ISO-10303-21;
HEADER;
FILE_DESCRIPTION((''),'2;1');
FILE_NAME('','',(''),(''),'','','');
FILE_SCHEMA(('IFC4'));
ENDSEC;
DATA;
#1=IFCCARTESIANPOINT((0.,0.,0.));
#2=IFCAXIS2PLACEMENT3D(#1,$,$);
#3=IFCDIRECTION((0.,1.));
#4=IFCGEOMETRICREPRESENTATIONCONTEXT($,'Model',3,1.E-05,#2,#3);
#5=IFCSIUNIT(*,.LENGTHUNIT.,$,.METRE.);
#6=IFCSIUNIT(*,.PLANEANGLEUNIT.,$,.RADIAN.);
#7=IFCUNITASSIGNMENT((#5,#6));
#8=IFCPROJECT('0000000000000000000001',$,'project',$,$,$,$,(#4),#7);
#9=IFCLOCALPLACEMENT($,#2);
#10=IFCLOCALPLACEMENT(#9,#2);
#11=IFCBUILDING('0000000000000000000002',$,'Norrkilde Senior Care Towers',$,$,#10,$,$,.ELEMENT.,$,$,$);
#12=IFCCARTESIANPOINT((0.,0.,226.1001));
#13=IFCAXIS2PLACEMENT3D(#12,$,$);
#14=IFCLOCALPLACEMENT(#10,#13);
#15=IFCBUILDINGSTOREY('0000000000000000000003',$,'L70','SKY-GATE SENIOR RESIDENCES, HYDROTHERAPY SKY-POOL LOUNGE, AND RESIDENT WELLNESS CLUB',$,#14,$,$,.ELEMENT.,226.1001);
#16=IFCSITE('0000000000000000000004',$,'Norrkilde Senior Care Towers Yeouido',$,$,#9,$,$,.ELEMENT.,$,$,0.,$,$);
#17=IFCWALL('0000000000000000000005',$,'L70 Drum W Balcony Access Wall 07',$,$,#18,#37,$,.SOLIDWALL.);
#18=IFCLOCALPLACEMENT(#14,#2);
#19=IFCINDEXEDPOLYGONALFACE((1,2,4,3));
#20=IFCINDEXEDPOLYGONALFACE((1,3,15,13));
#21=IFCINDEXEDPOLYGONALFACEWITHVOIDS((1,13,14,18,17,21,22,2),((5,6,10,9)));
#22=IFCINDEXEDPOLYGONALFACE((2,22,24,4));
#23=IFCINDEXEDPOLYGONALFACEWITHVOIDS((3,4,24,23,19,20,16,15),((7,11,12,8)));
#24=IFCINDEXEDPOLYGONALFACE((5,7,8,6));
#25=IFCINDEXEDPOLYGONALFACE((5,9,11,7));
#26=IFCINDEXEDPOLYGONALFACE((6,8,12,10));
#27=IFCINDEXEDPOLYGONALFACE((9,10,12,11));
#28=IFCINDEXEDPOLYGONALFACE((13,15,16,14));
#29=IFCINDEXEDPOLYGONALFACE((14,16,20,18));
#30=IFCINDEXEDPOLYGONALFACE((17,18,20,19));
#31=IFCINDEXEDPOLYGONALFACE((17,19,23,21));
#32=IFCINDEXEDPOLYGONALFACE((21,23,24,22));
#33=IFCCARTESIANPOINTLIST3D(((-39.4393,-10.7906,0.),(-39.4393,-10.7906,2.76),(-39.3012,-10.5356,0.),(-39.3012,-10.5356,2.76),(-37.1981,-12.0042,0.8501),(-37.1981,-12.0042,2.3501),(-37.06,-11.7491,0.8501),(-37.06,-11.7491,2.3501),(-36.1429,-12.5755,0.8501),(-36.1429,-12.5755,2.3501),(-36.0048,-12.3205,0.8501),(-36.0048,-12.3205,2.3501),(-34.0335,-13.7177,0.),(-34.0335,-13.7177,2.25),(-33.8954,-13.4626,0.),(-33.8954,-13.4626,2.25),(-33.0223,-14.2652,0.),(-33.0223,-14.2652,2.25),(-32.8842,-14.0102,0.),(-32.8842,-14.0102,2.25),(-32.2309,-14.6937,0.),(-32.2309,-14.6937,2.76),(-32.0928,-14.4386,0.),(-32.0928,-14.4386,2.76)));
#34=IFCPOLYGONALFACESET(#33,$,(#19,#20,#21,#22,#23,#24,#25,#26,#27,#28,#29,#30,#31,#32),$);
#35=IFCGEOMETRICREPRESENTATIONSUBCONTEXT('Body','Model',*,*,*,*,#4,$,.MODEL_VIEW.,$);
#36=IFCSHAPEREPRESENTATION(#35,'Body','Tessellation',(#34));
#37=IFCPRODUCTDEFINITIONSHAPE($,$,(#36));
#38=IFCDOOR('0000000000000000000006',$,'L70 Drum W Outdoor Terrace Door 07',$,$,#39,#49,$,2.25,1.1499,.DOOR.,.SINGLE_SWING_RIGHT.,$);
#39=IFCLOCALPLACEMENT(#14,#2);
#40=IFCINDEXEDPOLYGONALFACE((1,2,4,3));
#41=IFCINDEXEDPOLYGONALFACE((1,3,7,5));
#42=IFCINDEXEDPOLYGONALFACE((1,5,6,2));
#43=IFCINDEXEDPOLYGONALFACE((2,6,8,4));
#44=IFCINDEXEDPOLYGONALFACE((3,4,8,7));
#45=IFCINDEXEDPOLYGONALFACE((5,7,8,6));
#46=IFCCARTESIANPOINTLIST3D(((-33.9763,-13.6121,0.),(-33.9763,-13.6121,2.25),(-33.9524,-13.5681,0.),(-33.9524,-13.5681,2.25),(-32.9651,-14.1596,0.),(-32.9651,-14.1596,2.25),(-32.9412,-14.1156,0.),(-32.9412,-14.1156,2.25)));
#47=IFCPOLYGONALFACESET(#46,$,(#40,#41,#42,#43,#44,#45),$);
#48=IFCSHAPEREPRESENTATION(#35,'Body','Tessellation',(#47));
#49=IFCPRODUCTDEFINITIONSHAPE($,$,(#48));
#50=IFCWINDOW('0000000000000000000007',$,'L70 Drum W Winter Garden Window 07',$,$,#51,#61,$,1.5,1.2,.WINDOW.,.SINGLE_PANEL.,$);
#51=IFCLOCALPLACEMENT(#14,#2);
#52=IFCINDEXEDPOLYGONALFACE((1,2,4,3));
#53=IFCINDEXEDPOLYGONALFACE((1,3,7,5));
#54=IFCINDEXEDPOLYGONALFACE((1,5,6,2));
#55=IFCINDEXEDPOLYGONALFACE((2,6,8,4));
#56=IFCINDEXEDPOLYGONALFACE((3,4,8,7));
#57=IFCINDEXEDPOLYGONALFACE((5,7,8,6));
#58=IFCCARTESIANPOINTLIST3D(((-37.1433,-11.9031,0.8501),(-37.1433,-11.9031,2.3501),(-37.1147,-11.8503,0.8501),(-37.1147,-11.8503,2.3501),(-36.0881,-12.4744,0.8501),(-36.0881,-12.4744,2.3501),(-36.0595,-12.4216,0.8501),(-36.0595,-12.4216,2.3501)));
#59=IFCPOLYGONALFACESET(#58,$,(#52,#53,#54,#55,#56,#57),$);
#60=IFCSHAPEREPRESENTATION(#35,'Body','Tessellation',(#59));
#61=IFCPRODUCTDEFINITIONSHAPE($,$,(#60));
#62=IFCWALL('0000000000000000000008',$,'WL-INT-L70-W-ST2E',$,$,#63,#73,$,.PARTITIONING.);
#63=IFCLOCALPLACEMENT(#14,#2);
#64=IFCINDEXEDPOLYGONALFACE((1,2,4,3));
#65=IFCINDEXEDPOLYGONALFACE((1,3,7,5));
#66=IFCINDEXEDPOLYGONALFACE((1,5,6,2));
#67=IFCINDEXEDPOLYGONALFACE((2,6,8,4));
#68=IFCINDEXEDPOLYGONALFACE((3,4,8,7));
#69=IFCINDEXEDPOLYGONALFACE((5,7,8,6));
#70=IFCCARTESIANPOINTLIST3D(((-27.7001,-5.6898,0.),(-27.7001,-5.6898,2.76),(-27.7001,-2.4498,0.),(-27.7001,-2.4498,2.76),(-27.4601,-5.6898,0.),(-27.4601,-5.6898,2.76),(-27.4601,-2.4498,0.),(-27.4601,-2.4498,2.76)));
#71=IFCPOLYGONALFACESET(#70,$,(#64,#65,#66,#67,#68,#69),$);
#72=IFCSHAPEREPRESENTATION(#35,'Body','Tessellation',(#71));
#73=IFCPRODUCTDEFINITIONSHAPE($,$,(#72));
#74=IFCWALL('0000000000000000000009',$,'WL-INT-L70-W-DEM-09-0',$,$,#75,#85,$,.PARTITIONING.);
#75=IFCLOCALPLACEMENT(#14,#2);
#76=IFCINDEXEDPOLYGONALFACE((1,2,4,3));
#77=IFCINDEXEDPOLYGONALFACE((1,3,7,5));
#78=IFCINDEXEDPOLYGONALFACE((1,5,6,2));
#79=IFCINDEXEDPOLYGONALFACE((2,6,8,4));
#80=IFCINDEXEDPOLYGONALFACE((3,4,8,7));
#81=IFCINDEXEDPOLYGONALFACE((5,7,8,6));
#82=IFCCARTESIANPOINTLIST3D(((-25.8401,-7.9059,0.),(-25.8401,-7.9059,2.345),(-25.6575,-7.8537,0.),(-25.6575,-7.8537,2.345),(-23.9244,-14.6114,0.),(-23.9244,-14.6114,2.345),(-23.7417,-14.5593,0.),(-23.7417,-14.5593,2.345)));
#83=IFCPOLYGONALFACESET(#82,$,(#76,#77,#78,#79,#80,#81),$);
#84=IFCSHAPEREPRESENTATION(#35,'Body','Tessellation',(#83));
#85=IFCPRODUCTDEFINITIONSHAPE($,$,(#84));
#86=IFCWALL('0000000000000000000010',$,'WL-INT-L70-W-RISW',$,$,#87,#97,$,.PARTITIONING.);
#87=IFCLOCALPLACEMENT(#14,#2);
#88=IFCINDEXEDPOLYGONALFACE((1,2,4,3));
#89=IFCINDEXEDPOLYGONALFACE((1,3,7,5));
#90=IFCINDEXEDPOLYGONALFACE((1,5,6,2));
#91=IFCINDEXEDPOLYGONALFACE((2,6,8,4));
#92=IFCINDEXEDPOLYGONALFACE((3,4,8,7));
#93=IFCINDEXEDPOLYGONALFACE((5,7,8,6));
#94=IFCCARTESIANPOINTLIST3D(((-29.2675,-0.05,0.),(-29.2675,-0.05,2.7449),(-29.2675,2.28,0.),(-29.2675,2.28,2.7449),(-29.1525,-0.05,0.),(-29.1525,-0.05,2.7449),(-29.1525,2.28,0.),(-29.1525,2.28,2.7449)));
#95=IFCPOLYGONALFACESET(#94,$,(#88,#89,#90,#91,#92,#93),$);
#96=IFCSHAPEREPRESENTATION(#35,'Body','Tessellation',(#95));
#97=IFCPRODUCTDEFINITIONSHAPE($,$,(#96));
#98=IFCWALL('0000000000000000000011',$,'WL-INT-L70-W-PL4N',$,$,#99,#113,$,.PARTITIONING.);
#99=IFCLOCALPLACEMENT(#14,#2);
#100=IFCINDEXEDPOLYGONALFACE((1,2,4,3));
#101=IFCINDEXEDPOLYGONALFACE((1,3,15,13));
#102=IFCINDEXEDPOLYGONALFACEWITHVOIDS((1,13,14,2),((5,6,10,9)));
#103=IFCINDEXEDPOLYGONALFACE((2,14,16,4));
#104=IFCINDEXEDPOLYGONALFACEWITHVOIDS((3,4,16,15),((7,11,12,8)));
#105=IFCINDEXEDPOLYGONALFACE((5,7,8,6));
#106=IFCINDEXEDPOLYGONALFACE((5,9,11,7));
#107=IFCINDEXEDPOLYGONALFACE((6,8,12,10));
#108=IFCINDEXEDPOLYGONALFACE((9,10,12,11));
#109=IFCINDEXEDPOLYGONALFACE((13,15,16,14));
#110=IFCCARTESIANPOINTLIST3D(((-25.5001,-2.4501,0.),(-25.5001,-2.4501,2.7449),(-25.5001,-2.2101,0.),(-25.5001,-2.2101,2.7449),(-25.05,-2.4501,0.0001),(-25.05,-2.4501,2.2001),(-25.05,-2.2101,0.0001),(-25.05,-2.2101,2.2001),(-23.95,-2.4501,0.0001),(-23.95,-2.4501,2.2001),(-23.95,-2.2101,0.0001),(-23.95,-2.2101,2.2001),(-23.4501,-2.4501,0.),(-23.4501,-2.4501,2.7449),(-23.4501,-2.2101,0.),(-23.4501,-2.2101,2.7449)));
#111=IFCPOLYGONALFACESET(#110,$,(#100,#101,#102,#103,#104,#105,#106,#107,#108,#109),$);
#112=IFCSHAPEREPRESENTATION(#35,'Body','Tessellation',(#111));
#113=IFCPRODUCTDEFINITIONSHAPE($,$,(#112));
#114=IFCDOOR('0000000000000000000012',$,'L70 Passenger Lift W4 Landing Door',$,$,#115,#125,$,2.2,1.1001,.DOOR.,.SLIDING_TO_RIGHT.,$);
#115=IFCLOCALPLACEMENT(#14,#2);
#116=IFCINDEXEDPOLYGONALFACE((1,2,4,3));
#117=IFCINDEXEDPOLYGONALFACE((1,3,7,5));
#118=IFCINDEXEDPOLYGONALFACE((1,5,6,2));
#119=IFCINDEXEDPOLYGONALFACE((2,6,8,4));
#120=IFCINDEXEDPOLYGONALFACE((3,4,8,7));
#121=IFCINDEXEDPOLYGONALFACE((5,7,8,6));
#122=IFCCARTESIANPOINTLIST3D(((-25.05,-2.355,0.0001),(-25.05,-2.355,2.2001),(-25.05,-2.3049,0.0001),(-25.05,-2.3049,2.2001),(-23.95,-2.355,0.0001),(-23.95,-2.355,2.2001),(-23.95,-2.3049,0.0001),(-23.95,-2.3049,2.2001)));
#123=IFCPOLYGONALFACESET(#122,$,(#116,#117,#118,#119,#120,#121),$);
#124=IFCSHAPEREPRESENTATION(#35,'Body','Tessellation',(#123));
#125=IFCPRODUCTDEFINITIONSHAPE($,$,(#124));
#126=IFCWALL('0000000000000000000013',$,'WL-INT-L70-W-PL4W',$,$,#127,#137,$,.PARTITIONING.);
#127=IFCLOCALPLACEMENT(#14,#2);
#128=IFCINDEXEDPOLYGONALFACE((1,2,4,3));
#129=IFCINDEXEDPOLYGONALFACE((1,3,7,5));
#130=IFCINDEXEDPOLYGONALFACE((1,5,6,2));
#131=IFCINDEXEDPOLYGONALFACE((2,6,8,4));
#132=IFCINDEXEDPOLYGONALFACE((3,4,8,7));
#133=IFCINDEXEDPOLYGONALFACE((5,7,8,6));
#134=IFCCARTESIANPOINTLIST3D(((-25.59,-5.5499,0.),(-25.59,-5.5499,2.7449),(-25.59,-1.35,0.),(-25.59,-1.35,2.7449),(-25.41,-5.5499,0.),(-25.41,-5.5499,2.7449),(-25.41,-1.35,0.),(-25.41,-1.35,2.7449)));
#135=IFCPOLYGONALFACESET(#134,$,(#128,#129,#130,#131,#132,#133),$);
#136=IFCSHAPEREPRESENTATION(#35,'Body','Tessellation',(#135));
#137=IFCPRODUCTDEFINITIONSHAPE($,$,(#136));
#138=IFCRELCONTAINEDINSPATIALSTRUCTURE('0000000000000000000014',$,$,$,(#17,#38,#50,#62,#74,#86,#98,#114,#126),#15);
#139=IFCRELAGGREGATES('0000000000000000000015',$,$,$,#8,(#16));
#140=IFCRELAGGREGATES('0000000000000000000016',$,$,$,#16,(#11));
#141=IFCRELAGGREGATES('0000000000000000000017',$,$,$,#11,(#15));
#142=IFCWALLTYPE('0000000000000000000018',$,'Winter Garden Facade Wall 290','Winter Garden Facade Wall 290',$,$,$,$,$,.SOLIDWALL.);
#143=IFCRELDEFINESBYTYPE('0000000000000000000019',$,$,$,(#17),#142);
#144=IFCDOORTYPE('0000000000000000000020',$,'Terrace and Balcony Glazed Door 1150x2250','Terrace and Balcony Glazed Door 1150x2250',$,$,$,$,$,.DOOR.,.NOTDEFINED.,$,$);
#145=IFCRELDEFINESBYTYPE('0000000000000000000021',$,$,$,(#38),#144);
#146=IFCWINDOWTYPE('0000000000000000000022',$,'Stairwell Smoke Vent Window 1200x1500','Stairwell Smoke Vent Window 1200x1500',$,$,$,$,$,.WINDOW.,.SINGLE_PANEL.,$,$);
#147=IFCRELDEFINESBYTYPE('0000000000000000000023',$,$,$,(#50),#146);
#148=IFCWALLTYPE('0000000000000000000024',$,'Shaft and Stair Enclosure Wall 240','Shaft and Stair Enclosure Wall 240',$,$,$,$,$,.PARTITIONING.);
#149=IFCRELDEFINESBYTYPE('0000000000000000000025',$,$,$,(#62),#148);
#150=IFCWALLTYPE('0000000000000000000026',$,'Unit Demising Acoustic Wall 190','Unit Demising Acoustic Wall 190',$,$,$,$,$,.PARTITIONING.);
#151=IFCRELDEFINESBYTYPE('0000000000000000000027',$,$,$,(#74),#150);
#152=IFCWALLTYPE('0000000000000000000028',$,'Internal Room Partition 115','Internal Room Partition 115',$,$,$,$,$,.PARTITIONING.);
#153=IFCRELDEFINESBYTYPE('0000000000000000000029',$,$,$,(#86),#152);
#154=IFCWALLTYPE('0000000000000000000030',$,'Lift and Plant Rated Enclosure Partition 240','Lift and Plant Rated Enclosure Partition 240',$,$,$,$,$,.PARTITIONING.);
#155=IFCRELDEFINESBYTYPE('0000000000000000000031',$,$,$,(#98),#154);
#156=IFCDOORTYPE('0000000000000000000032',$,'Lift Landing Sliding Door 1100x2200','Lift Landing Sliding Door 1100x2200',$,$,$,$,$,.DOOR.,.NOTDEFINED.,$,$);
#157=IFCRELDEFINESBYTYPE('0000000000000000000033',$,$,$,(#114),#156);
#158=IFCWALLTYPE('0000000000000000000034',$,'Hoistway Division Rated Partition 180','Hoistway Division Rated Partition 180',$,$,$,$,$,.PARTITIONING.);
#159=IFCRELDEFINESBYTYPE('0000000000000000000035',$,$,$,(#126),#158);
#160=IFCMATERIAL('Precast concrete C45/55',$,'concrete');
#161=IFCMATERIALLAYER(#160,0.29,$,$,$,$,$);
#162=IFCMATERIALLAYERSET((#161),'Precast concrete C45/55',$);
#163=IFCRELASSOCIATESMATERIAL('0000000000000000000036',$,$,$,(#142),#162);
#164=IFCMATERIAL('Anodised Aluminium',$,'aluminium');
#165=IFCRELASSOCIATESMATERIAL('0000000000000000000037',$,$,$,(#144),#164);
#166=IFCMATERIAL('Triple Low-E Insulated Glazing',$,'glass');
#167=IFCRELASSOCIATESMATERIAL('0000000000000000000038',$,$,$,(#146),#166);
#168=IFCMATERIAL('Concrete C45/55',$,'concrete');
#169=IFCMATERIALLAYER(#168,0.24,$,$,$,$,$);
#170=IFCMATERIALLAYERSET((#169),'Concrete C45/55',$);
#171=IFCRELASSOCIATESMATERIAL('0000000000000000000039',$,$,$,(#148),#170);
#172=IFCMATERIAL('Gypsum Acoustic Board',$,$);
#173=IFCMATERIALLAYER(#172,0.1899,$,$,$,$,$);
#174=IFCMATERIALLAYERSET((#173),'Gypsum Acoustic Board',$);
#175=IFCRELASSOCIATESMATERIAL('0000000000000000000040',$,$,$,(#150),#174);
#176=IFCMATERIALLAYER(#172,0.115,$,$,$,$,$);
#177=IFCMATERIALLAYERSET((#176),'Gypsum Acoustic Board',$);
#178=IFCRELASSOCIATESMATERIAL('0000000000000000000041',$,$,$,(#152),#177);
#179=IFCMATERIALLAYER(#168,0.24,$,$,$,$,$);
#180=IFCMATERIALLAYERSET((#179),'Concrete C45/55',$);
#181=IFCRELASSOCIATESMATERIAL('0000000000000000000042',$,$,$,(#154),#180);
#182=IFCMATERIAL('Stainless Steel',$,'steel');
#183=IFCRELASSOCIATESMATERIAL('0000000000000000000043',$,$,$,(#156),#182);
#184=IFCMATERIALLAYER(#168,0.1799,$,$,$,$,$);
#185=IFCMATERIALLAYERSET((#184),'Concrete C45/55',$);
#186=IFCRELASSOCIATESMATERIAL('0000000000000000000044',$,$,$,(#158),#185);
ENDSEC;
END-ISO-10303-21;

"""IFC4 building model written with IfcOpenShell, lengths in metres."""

from ifc_helpers import new_model, si_unit, direction, frame, frame_2d, origin, place, context, subcontext, project, spatial, rectangle, extrude, source, transform, mapped, material, layer, layer_set, type_object, type_shapes, element, fill, save


model = new_model("IFC4")

# Units and contexts
model_context = context("Model", 3, precision=1e-05, world=origin(), true_north=direction((0.0, 1.0)))
body_context = subcontext(model_context, "Body", "Model", "MODEL_VIEW")
ifc_project = project(units=[si_unit("LENGTHUNIT", "METRE"), si_unit("PLANEANGLEUNIT", "RADIAN")], contexts=[model_context])

# Site, building, storey
site_placement = place(None, origin())
site = spatial("IfcSite", under=ifc_project, at=site_placement, Name="Norrkilde Senior Care Towers Yeouido", CompositionType="ELEMENT", RefElevation=0.0)
building_placement = place(site_placement, origin())
building = spatial("IfcBuilding", under=site, at=building_placement, Name="Norrkilde Senior Care Towers", CompositionType="ELEMENT")
storey_placement = place(building_placement, frame((0.0, 0.0, 226.1001)))
storey = spatial("IfcBuildingStorey", under=building, at=storey_placement, Name="L70", Description="SKY-GATE SENIOR RESIDENCES, HYDROTHERAPY SKY-POOL LOUNGE, AND RESIDENT WELLNESS CLUB", CompositionType="ELEMENT", Elevation=226.1001)

# Shared definitions
ifc_material_1 = material(Name="Triple Low-E Insulated Glazing", Category="glass")
ifc_material_2 = material(Name="Anodised Aluminium", Category="aluminium")

# Wall, openings, door, window
ifc_material_3 = material(Name="Precast concrete C45/55", Category="concrete")
ifc_layer_1 = layer(ifc_material_3, 0.29)
ifc_layer_set_1 = layer_set([ifc_layer_1], Name="Precast concrete C45/55")
wall_type_1 = type_object("IfcWallType", Name="Winter Garden Facade Wall 290", Description="Winter Garden Facade Wall 290", PredefinedType="SOLIDWALL", material=ifc_layer_set_1)
shared_shape_1 = source(origin(), body_context, "Body", "SweptSolid", [
    extrude(rectangle(XDim=8.1973, YDim=0.29, at=frame_2d((4.0986, 0.0))), origin(), (0.0, 0.0, 1.0), 2.76),
])
type_shapes(wall_type_1, [shared_shape_1])
wall_1_placement = place(storey_placement, frame((-32.1619, -14.5662, 0.0), z_axis=(0.0, 0.0, 1.0), x_axis=(-0.87937, 0.476139, 0.0)))
wall_1 = element("IfcWall", 1, at=wall_1_placement, inside=storey, type_object=wall_type_1, Name="L70 Drum W Balcony Access Wall 07", PredefinedType="SOLIDWALL", context=body_context, shape_type="MappedRepresentation", body=[
    mapped(shared_shape_1, transform((0.0, 0.0, 0.0), x_axis=(1.0, 0.0, 0.0), y_axis=(0.0, 1.0, 0.0), z_axis=(0.0, 0.0, 1.0), scale=1.0)),
])
opening_1_placement = place(wall_1_placement, frame((0.8999, 0.0, 0.0)))
opening_1 = element("IfcOpeningElement", 2, at=opening_1_placement, cuts=wall_1, PredefinedType="OPENING", context=body_context, shape_type="SweptSolid", body=[
    extrude(rectangle(XDim=1.1499, YDim=2.25, at=frame_2d((0.575, 1.125))), frame((0.0, 0.155, 0.0), z_axis=(0.0, -1.0, 0.0), x_axis=(1.0, 0.0, 0.0)), (0.0, 0.0, 1.0), 0.3101),
])
opening_2_placement = place(wall_1_placement, frame((4.4485, 0.0, 0.8501)))
opening_2 = element("IfcOpeningElement", 3, at=opening_2_placement, cuts=wall_1, PredefinedType="OPENING", context=body_context, shape_type="SweptSolid", body=[
    extrude(rectangle(XDim=1.2, YDim=1.5, at=frame_2d((0.6001, 0.75))), frame((0.0, 0.155, 0.0), z_axis=(0.0, -1.0, 0.0), x_axis=(1.0, 0.0, 0.0)), (0.0, 0.0, 1.0), 0.3101),
])
door_type_1 = type_object("IfcDoorType", Name="Terrace and Balcony Glazed Door 1150x2250", Description="Terrace and Balcony Glazed Door 1150x2250", OperationType="NOTDEFINED", PredefinedType="DOOR", material=ifc_material_2)
shared_shape_2 = source(origin(), body_context, "Body", "SweptSolid", [
    extrude(rectangle(XDim=1.1499, YDim=2.25, at=frame_2d((0.575, 1.125))), frame((0.0, 0.0249, 0.0), z_axis=(0.0, -1.0, 0.0), x_axis=(1.0, 0.0, 0.0)), (0.0, 0.0, 1.0), 0.05),
])
type_shapes(door_type_1, [shared_shape_2])
door_1_placement = place(opening_1_placement, origin())
door_1 = element("IfcDoor", 4, at=door_1_placement, inside=storey, type_object=door_type_1, Name="L70 Drum W Outdoor Terrace Door 07", OperationType="SINGLE_SWING_RIGHT", OverallHeight=2.25, OverallWidth=1.1499, PredefinedType="DOOR", context=body_context, shape_type="MappedRepresentation", body=[
    mapped(shared_shape_2, transform((0.0, 0.0, 0.0), x_axis=(1.0, 0.0, 0.0), y_axis=(0.0, 1.0, 0.0), z_axis=(0.0, 0.0, 1.0), scale=1.0)),
])
fill(opening_1, door_1)
window_type = type_object("IfcWindowType", Name="Stairwell Smoke Vent Window 1200x1500", Description="Stairwell Smoke Vent Window 1200x1500", PartitioningType="SINGLE_PANEL", PredefinedType="WINDOW", material=ifc_material_1)
shared_shape_3 = source(origin(), body_context, "Body", "SweptSolid", [
    extrude(rectangle(XDim=1.2, YDim=1.5, at=frame_2d((0.6001, 0.75))), frame((0.0, 0.03, 0.0), z_axis=(0.0, -1.0, 0.0), x_axis=(1.0, 0.0, 0.0)), (0.0, 0.0, 1.0), 0.0601),
])
type_shapes(window_type, [shared_shape_3])
window_placement = place(opening_2_placement, origin())
window = element("IfcWindow", 5, at=window_placement, inside=storey, type_object=window_type, Name="L70 Drum W Winter Garden Window 07", OverallHeight=1.5, OverallWidth=1.2, PartitioningType="SINGLE_PANEL", PredefinedType="WINDOW", context=body_context, shape_type="MappedRepresentation", body=[
    mapped(shared_shape_3, transform((0.0, 0.0, 0.0), x_axis=(1.0, 0.0, 0.0), y_axis=(0.0, 1.0, 0.0), z_axis=(0.0, 0.0, 1.0), scale=1.0)),
])
fill(opening_2, window)

# Walls
ifc_material_4 = material(Name="Concrete C45/55", Category="concrete")
ifc_layer_2 = layer(ifc_material_4, 0.24)
ifc_layer_set_2 = layer_set([ifc_layer_2], Name="Concrete C45/55")
wall_type_2 = type_object("IfcWallType", Name="Shaft and Stair Enclosure Wall 240", Description="Shaft and Stair Enclosure Wall 240", PredefinedType="PARTITIONING", material=ifc_layer_set_2)
shared_shape_4 = source(origin(), body_context, "Body", "SweptSolid", [
    extrude(rectangle(XDim=3.24, YDim=0.24, at=frame_2d((1.6201, 0.0))), origin(), (0.0, 0.0, 1.0), 2.76),
])
type_shapes(wall_type_2, [shared_shape_4])
wall_2_placement = place(storey_placement, frame((-27.5801, -5.6899, 0.0), z_axis=(0.0, 0.0, 1.0), x_axis=(0.0, 1.0, 0.0)))
element("IfcWall", 6, at=wall_2_placement, inside=storey, type_object=wall_type_2, Name="WL-INT-L70-W-ST2E", PredefinedType="PARTITIONING", context=body_context, shape_type="MappedRepresentation", body=[
    mapped(shared_shape_4, transform((0.0, 0.0, 0.0), x_axis=(1.0, 0.0, 0.0), y_axis=(0.0, 1.0, 0.0), z_axis=(0.0, 0.0, 1.0), scale=1.0)),
])
ifc_material_5 = material(Name="Gypsum Acoustic Board")
ifc_layer_3 = layer(ifc_material_5, 0.1899)
ifc_layer_set_3 = layer_set([ifc_layer_3], Name="Gypsum Acoustic Board")
wall_type_3 = type_object("IfcWallType", Name="Unit Demising Acoustic Wall 190", Description="Unit Demising Acoustic Wall 190", PredefinedType="PARTITIONING", material=ifc_layer_set_3)
shared_shape_5 = source(origin(), body_context, "Body", "SweptSolid", [
    extrude(rectangle(XDim=6.9739, YDim=0.1899, at=frame_2d((3.4868, 0.0))), origin(), (0.0, 0.0, 1.0), 2.345),
])
type_shapes(wall_type_3, [shared_shape_5])
wall_3_placement = place(storey_placement, frame((-25.7488, -7.8799, 0.0), z_axis=(0.0, 0.0, 1.0), x_axis=(0.274707, -0.961528, 0.0)))
element("IfcWall", 7, at=wall_3_placement, inside=storey, type_object=wall_type_3, Name="WL-INT-L70-W-DEM-09-0", PredefinedType="PARTITIONING", context=body_context, shape_type="MappedRepresentation", body=[
    mapped(shared_shape_5, transform((0.0, 0.0, 0.0), x_axis=(1.0, 0.0, 0.0), y_axis=(0.0, 1.0, 0.0), z_axis=(0.0, 0.0, 1.0), scale=1.0)),
])
ifc_layer_4 = layer(ifc_material_5, 0.115)
ifc_layer_set_4 = layer_set([ifc_layer_4], Name="Gypsum Acoustic Board")
wall_type_4 = type_object("IfcWallType", Name="Internal Room Partition 115", Description="Internal Room Partition 115", PredefinedType="PARTITIONING", material=ifc_layer_set_4)
shared_shape_6 = source(origin(), body_context, "Body", "SweptSolid", [
    extrude(rectangle(XDim=2.3301, YDim=0.115, at=frame_2d((1.165, 0.0))), origin(), (0.0, 0.0, 1.0), 2.7449),
])
type_shapes(wall_type_4, [shared_shape_6])
wall_4_placement = place(storey_placement, frame((-29.21, -0.05, 0.0), z_axis=(0.0, 0.0, 1.0), x_axis=(0.0, 1.0, 0.0)))
element("IfcWall", 8, at=wall_4_placement, inside=storey, type_object=wall_type_4, Name="WL-INT-L70-W-RISW", PredefinedType="PARTITIONING", context=body_context, shape_type="MappedRepresentation", body=[
    mapped(shared_shape_6, transform((0.0, 0.0, 0.0), x_axis=(1.0, 0.0, 0.0), y_axis=(0.0, 1.0, 0.0), z_axis=(0.0, 0.0, 1.0), scale=1.0)),
])

# Wall, opening, door
ifc_layer_5 = layer(ifc_material_4, 0.24)
ifc_layer_set_5 = layer_set([ifc_layer_5], Name="Concrete C45/55")
wall_type_5 = type_object("IfcWallType", Name="Lift and Plant Rated Enclosure Partition 240", Description="Lift and Plant Rated Enclosure Partition 240", PredefinedType="PARTITIONING", material=ifc_layer_set_5)
shared_shape_7 = source(origin(), body_context, "Body", "SweptSolid", [
    extrude(rectangle(XDim=2.05, YDim=0.24, at=frame_2d((1.0249, 0.0))), origin(), (0.0, 0.0, 1.0), 2.7449),
])
type_shapes(wall_type_5, [shared_shape_7])
wall_5_placement = place(storey_placement, frame((-25.5, -2.3301, 0.0), z_axis=(0.0, 0.0, 1.0), x_axis=(1.0, 0.0, 0.0)))
wall_5 = element("IfcWall", 9, at=wall_5_placement, inside=storey, type_object=wall_type_5, Name="WL-INT-L70-W-PL4N", PredefinedType="PARTITIONING", context=body_context, shape_type="MappedRepresentation", body=[
    mapped(shared_shape_7, transform((0.0, 0.0, 0.0), x_axis=(1.0, 0.0, 0.0), y_axis=(0.0, 1.0, 0.0), z_axis=(0.0, 0.0, 1.0), scale=1.0)),
])
opening_3_placement = place(wall_5_placement, frame((0.45, 0.0, 0.0)))
opening_3 = element("IfcOpeningElement", 10, at=opening_3_placement, cuts=wall_5, PredefinedType="OPENING", context=body_context, shape_type="SweptSolid", body=[
    extrude(rectangle(XDim=1.1001, YDim=2.2, at=frame_2d((0.55, 1.1001))), frame((0.0, 0.1299, 0.0), z_axis=(0.0, -1.0, 0.0), x_axis=(1.0, 0.0, 0.0)), (0.0, 0.0, 1.0), 0.26),
])
ifc_material_6 = material(Name="Stainless Steel", Category="steel")
door_type_2 = type_object("IfcDoorType", Name="Lift Landing Sliding Door 1100x2200", Description="Lift Landing Sliding Door 1100x2200", OperationType="NOTDEFINED", PredefinedType="DOOR", material=ifc_material_6)
shared_shape_8 = source(origin(), body_context, "Body", "SweptSolid", [
    extrude(rectangle(XDim=1.1001, YDim=2.2, at=frame_2d((0.55, 1.1001))), frame((0.0, 0.0249, 0.0), z_axis=(0.0, -1.0, 0.0), x_axis=(1.0, 0.0, 0.0)), (0.0, 0.0, 1.0), 0.05),
])
type_shapes(door_type_2, [shared_shape_8])
door_2_placement = place(opening_3_placement, frame((1.1001, 0.0, 0.0), z_axis=(0.0, 0.0, 1.0), x_axis=(-1.0, 0.0, 0.0)))
door_2 = element("IfcDoor", 11, at=door_2_placement, inside=storey, type_object=door_type_2, Name="L70 Passenger Lift W4 Landing Door", OperationType="SLIDING_TO_RIGHT", OverallHeight=2.2, OverallWidth=1.1001, PredefinedType="DOOR", context=body_context, shape_type="MappedRepresentation", body=[
    mapped(shared_shape_8, transform((0.0, 0.0, 0.0), x_axis=(1.0, 0.0, 0.0), y_axis=(0.0, 1.0, 0.0), z_axis=(0.0, 0.0, 1.0), scale=1.0)),
])
fill(opening_3, door_2)

# Wall
ifc_layer_6 = layer(ifc_material_4, 0.1799)
ifc_layer_set_6 = layer_set([ifc_layer_6], Name="Concrete C45/55")
wall_type_6 = type_object("IfcWallType", Name="Hoistway Division Rated Partition 180", Description="Hoistway Division Rated Partition 180", PredefinedType="PARTITIONING", material=ifc_layer_set_6)
shared_shape_9 = source(origin(), body_context, "Body", "SweptSolid", [
    extrude(rectangle(XDim=4.2, YDim=0.1799, at=frame_2d((2.1001, 0.0))), origin(), (0.0, 0.0, 1.0), 2.7449),
])
type_shapes(wall_type_6, [shared_shape_9])
wall_6_placement = place(storey_placement, frame((-25.5, -5.55, 0.0), z_axis=(0.0, 0.0, 1.0), x_axis=(0.0, 1.0, 0.0)))
element("IfcWall", 12, at=wall_6_placement, inside=storey, type_object=wall_type_6, Name="WL-INT-L70-W-PL4W", PredefinedType="PARTITIONING", context=body_context, shape_type="MappedRepresentation", body=[
    mapped(shared_shape_9, transform((0.0, 0.0, 0.0), x_axis=(1.0, 0.0, 0.0), y_axis=(0.0, 1.0, 0.0), z_axis=(0.0, 0.0, 1.0), scale=1.0)),
])

save(model, "model.ifc")
